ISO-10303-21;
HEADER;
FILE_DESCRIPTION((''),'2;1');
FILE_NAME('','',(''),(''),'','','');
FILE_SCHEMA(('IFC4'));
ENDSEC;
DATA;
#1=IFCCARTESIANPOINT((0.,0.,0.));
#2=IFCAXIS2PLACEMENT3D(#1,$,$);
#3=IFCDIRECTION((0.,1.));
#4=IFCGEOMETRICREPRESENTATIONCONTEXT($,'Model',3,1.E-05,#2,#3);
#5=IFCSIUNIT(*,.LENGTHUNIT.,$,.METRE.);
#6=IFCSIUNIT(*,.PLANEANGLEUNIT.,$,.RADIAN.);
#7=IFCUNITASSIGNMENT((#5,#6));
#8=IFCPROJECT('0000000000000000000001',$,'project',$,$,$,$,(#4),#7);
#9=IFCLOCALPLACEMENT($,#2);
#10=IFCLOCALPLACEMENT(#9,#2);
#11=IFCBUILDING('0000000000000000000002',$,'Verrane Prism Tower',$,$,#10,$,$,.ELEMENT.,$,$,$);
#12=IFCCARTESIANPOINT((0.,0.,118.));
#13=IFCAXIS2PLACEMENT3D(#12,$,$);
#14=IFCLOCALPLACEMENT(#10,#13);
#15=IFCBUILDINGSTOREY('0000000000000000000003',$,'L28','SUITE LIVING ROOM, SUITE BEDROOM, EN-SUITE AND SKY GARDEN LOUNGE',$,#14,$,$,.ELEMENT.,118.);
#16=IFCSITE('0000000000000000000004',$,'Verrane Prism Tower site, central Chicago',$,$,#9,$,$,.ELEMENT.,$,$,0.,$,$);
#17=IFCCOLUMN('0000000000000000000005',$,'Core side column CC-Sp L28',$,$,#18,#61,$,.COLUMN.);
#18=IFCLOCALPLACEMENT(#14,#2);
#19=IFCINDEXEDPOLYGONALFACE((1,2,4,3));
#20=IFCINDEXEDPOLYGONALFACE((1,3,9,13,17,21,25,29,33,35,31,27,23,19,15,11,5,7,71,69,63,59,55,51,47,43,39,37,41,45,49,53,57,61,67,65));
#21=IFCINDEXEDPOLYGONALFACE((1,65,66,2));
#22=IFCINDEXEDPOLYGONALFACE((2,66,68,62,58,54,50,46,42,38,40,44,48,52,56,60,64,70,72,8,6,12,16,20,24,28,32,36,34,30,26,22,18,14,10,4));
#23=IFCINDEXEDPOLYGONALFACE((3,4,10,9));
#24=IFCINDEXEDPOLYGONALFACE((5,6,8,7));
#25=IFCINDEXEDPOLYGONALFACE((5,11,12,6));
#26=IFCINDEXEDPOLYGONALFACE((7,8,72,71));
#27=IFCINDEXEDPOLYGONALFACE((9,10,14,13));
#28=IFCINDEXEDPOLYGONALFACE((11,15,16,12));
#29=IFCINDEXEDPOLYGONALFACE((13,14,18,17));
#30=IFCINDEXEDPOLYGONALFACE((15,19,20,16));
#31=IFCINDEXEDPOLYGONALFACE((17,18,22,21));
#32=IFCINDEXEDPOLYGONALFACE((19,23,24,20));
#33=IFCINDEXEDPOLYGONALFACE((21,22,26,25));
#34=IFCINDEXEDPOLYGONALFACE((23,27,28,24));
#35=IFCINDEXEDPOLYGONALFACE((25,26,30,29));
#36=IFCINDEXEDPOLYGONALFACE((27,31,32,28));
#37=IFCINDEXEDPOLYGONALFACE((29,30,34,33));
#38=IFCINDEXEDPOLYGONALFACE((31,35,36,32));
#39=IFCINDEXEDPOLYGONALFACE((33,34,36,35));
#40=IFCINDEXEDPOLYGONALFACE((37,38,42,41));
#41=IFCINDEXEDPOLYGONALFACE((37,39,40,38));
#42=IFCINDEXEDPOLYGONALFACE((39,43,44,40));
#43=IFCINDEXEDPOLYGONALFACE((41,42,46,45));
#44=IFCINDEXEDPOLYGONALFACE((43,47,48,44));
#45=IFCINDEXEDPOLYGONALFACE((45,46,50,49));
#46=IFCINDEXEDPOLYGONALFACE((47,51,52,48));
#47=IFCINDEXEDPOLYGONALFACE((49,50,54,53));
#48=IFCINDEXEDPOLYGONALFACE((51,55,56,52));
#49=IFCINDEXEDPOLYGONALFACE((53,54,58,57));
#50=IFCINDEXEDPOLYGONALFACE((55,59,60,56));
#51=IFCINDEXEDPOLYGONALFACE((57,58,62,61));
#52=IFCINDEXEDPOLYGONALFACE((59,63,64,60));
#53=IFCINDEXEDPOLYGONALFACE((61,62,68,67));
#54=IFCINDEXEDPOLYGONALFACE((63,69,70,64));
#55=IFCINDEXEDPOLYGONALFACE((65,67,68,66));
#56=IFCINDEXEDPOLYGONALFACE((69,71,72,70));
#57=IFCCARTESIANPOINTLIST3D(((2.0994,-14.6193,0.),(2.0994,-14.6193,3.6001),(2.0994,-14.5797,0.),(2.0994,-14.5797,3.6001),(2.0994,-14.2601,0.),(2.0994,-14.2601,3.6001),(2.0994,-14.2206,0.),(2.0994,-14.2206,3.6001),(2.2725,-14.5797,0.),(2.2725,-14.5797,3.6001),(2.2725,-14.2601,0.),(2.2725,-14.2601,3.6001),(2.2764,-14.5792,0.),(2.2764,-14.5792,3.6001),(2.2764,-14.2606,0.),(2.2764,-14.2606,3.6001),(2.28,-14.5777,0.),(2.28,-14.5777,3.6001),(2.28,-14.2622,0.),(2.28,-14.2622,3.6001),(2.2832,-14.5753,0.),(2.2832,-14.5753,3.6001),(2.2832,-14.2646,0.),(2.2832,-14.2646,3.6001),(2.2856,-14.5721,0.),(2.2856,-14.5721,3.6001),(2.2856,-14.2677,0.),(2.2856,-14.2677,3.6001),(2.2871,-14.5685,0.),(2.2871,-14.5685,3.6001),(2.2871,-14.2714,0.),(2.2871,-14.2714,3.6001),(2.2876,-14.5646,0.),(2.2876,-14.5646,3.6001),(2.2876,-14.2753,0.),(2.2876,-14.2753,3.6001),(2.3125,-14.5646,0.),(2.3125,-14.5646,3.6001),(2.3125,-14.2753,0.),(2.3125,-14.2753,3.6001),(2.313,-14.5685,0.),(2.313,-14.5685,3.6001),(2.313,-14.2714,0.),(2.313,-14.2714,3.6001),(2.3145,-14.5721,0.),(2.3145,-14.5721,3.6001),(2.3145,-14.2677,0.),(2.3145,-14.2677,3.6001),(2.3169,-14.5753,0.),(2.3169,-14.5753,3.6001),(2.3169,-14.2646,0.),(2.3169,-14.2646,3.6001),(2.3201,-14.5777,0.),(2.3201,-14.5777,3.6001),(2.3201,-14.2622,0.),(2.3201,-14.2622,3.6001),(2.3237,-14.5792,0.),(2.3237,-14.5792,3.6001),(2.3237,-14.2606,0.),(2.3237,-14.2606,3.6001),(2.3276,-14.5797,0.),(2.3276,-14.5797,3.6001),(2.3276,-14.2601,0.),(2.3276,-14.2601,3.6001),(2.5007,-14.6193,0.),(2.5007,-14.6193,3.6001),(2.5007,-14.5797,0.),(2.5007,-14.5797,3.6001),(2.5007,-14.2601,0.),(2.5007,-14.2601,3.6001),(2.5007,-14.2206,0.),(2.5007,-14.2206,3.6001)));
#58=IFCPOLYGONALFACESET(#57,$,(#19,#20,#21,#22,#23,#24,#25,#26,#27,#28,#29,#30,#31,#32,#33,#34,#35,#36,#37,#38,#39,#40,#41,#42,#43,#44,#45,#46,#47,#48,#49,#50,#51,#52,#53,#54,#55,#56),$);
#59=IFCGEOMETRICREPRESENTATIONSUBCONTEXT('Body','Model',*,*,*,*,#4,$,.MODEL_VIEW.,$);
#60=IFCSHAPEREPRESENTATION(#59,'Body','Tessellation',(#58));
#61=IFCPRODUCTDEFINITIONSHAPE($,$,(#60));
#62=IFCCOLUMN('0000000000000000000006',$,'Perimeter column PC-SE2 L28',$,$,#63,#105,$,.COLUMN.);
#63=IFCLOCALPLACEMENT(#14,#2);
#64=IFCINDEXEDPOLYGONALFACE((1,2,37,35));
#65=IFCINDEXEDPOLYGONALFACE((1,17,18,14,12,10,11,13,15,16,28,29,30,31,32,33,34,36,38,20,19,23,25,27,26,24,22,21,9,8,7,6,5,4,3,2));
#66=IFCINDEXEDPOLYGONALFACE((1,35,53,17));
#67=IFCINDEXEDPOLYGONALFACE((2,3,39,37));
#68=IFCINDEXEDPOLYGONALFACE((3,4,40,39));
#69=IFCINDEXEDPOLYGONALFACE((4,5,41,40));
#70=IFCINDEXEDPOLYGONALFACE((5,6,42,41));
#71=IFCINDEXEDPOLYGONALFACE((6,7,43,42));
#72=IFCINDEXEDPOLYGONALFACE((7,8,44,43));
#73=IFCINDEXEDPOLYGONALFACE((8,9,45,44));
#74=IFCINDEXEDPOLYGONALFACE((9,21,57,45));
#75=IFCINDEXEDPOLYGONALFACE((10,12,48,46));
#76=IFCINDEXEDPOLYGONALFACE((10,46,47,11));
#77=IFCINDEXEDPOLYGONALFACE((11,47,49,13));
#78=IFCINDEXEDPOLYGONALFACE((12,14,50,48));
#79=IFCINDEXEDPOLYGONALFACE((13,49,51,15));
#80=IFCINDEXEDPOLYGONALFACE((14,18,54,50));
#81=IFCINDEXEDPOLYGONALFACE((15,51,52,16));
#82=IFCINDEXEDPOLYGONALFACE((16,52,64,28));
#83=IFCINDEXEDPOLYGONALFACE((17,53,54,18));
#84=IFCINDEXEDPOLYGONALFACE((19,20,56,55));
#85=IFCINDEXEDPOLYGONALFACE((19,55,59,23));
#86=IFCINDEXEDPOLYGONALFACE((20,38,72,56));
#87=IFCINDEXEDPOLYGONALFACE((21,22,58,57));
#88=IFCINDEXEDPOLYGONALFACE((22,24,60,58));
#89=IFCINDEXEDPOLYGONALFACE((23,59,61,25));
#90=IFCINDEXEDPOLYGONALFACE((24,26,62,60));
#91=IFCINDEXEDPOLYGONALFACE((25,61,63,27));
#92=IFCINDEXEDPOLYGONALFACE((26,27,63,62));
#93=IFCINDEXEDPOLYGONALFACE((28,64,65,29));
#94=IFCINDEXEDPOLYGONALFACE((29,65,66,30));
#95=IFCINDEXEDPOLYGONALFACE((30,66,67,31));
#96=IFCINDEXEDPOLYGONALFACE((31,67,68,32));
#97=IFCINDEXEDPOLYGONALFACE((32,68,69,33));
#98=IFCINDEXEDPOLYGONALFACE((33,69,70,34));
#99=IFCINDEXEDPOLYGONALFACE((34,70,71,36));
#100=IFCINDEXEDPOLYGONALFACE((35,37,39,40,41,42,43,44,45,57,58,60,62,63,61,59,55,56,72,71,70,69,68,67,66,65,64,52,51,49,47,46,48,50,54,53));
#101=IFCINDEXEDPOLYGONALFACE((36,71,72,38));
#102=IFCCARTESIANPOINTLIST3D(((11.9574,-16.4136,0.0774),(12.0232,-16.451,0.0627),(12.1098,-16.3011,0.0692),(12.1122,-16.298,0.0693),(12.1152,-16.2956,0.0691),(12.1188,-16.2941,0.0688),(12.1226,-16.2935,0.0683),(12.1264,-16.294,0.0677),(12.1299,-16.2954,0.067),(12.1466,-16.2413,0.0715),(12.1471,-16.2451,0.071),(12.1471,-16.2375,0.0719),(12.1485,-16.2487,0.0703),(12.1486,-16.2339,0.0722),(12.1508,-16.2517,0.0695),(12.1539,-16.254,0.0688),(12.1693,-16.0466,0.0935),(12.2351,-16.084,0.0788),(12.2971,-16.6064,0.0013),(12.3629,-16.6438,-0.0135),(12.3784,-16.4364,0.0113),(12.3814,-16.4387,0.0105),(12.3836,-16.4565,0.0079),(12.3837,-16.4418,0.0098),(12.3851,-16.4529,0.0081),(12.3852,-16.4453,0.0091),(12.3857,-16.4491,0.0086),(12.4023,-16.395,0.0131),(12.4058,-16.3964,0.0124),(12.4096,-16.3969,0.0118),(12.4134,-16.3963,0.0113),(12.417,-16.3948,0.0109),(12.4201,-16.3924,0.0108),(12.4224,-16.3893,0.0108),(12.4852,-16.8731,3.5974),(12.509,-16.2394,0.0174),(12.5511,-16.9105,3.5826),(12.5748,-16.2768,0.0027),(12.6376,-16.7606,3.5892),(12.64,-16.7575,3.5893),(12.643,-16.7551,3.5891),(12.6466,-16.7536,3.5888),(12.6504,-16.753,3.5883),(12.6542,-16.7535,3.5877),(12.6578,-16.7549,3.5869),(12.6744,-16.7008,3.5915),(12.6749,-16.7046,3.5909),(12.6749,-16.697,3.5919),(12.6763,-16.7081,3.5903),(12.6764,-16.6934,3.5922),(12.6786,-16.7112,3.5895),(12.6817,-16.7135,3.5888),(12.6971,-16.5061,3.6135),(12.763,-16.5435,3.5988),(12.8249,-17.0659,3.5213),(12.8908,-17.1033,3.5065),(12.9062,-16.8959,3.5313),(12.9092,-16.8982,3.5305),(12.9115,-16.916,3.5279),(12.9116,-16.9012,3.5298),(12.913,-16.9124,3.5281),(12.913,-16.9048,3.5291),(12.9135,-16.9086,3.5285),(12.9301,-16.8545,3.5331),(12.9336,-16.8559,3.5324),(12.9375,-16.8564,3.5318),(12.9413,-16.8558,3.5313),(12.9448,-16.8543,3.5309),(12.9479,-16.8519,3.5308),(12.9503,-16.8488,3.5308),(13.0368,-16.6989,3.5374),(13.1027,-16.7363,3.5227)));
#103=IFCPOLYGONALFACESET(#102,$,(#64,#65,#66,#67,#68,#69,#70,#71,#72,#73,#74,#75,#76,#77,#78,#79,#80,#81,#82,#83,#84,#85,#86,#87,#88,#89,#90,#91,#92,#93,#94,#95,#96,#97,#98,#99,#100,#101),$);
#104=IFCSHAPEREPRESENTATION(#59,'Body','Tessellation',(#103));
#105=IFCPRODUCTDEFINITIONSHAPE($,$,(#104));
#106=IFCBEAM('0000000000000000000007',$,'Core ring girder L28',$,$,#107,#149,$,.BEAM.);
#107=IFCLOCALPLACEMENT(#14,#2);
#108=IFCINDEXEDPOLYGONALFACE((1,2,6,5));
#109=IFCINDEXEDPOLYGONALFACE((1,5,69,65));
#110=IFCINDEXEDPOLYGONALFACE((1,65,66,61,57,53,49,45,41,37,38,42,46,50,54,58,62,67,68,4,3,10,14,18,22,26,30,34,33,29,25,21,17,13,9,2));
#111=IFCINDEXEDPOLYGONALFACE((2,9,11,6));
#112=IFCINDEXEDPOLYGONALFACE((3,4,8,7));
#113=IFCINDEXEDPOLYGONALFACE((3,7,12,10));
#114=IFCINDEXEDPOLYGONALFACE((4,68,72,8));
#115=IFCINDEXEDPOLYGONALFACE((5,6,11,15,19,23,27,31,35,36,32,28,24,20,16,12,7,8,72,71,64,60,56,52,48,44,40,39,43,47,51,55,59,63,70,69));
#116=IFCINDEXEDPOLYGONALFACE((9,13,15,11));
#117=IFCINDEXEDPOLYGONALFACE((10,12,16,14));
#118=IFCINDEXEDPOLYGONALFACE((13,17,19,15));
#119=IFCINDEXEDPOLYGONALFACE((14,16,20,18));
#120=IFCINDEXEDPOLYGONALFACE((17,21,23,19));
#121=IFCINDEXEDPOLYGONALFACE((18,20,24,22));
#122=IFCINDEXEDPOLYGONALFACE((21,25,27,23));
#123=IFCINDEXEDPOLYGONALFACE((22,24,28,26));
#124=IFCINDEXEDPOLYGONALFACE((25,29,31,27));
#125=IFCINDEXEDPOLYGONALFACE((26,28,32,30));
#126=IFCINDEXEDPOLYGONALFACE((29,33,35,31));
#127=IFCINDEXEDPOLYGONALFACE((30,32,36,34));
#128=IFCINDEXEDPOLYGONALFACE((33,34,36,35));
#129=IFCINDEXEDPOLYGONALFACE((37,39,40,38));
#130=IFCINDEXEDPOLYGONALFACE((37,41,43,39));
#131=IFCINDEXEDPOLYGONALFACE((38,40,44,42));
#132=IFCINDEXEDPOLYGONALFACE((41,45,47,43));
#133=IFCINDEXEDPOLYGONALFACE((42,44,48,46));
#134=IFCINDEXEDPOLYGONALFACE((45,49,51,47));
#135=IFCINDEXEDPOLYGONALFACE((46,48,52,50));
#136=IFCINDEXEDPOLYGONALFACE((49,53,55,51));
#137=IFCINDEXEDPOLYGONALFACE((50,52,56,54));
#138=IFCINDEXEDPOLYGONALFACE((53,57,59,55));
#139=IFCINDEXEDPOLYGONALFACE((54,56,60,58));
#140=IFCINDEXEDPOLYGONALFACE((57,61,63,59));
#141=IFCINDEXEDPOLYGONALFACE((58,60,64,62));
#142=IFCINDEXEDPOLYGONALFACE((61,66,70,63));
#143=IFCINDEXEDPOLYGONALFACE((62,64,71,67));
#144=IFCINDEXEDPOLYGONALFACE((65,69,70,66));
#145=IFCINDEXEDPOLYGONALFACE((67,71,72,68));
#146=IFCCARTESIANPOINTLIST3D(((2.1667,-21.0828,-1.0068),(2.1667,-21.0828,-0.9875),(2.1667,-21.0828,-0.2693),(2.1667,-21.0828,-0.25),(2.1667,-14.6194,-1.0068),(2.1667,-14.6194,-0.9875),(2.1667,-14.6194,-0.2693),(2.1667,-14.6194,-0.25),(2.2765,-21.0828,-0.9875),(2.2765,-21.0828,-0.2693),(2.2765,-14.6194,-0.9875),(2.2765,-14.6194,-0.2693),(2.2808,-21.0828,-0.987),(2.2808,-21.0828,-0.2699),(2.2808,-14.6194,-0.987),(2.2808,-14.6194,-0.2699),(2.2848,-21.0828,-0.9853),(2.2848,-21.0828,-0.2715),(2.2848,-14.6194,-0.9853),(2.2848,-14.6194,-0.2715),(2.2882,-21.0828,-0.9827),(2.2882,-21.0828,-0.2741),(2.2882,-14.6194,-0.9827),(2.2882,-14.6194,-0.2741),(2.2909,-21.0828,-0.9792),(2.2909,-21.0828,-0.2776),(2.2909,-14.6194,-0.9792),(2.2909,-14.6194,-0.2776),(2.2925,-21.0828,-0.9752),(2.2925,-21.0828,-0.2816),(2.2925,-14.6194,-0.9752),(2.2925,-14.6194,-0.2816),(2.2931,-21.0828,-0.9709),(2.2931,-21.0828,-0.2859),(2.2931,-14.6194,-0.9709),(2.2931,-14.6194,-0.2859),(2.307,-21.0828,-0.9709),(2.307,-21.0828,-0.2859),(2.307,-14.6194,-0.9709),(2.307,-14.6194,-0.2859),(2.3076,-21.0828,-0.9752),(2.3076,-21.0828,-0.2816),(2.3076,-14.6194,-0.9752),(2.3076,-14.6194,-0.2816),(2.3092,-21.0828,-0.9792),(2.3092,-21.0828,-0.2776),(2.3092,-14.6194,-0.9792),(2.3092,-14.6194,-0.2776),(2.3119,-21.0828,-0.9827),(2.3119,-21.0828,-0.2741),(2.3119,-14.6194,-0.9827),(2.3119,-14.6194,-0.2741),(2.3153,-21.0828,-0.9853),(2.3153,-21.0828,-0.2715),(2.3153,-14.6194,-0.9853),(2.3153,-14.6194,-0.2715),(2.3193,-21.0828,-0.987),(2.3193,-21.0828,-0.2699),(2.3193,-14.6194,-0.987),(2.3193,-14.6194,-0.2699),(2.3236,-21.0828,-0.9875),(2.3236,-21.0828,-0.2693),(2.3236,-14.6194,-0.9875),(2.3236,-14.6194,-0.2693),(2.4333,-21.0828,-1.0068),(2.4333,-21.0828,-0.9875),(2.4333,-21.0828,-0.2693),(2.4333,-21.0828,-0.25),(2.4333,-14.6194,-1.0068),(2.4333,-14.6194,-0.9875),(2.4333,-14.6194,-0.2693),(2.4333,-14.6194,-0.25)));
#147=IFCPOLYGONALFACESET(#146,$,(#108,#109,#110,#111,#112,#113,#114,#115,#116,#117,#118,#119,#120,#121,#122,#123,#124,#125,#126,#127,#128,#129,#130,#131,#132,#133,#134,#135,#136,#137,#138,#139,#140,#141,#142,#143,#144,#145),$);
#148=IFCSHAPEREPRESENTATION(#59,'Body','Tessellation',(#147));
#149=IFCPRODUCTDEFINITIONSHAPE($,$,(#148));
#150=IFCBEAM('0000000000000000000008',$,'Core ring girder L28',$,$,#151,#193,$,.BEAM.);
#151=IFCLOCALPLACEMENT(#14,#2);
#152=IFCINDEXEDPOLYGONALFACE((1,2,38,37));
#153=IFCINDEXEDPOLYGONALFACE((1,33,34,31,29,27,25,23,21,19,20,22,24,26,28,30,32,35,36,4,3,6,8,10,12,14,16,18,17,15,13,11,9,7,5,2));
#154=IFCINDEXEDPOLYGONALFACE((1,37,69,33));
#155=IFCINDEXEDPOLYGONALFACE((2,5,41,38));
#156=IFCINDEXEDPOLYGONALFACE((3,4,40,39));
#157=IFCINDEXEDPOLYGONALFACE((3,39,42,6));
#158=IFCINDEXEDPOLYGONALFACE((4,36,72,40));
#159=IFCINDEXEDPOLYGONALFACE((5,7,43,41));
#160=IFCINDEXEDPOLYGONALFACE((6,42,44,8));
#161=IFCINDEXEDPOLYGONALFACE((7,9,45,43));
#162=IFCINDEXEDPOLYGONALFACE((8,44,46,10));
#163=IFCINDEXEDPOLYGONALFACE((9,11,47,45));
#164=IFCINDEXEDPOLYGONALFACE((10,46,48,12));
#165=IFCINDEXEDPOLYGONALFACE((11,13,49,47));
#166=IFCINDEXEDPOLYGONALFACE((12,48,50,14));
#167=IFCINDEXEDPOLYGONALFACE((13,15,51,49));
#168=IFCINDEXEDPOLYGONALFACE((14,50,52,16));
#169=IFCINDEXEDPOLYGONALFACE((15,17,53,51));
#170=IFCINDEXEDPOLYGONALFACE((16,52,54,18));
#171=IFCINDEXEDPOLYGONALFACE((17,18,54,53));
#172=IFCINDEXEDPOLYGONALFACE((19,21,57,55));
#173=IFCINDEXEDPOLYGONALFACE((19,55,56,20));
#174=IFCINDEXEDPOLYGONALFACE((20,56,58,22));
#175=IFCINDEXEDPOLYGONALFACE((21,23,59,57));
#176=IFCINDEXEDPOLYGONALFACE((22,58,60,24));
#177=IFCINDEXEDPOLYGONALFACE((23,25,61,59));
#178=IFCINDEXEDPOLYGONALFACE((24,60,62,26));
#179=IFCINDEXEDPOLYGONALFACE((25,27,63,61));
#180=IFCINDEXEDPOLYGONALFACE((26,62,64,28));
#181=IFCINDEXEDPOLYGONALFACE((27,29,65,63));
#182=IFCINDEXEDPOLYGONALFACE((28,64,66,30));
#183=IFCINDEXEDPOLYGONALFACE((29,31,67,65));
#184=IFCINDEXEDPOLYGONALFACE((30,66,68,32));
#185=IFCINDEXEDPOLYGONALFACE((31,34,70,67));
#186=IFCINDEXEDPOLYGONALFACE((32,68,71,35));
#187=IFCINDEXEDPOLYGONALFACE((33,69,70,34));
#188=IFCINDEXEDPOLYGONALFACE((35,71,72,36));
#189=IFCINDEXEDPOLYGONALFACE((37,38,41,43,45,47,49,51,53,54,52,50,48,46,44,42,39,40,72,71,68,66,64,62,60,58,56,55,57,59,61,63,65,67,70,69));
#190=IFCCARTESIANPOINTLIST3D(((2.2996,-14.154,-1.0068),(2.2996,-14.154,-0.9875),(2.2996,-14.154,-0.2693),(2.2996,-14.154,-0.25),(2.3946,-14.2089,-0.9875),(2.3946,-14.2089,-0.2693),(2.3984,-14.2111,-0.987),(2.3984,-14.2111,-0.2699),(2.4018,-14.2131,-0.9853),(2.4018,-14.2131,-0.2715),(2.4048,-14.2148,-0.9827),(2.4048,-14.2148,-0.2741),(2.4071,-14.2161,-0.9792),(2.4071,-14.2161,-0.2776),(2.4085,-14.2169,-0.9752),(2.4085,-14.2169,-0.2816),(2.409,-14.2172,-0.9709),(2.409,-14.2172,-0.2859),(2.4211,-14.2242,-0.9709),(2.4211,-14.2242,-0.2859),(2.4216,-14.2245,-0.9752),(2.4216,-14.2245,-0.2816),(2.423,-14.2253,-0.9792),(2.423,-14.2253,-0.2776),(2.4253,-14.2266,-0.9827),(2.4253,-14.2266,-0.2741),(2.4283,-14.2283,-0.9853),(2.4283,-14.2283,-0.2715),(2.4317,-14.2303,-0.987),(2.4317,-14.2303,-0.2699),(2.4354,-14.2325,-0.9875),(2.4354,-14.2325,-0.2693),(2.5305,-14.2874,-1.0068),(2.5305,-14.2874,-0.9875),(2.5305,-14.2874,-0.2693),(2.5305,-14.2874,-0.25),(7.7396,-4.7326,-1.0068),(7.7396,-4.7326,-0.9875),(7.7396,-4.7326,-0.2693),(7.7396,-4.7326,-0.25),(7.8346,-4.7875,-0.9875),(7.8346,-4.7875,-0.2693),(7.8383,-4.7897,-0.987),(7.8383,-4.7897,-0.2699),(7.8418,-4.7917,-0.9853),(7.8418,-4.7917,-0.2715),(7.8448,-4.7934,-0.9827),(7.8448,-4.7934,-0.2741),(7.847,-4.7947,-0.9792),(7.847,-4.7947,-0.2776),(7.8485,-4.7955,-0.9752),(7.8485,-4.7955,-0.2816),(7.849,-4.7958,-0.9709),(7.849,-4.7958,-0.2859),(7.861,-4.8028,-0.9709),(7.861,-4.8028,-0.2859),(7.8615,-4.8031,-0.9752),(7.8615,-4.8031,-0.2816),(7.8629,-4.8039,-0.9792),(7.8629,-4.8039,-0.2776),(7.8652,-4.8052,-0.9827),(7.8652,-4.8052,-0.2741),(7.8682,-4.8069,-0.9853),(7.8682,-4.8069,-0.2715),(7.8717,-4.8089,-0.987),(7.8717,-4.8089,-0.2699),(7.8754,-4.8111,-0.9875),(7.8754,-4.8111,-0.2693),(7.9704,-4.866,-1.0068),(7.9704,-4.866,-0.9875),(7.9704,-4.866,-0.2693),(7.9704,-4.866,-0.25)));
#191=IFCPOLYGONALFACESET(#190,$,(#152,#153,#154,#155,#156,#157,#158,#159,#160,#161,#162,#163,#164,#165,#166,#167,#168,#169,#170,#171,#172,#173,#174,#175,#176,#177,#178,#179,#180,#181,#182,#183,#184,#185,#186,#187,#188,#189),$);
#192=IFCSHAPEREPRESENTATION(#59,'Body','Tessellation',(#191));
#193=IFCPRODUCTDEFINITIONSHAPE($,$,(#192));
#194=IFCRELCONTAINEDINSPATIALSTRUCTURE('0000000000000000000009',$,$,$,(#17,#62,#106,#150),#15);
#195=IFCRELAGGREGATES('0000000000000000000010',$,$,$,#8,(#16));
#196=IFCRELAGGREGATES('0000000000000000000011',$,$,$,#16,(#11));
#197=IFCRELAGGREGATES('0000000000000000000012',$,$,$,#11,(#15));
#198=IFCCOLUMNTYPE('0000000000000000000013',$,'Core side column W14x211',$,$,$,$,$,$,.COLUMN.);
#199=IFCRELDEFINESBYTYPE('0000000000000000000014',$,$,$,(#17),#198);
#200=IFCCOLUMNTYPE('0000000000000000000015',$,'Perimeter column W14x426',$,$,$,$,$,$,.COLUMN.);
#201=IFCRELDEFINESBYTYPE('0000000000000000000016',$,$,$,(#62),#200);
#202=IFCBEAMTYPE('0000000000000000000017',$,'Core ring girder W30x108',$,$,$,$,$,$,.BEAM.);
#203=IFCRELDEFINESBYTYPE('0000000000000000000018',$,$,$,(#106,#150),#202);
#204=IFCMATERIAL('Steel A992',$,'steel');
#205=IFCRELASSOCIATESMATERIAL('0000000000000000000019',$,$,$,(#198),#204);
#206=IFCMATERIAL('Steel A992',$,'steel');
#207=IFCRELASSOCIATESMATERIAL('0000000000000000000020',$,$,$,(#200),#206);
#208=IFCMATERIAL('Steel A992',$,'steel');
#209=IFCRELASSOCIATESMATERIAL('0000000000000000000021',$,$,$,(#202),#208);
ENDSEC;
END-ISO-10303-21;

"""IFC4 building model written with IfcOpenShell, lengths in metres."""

from ifc_helpers import new_model, si_unit, direction, frame, origin, origin_2d, place, context, subcontext, project, spatial, i_section, extrude, material, material_profile, profile_set, type_object, element, save


model = new_model("IFC4")

# Units and contexts
model_context = context("Model", 3, precision=1e-05, world=origin(), true_north=direction((0.0, 1.0)))
body_context = subcontext(model_context, "Body", "Model", "MODEL_VIEW")
ifc_project = project(units=[si_unit("LENGTHUNIT", "METRE"), si_unit("PLANEANGLEUNIT", "RADIAN")], contexts=[model_context])

# Site, building, storey
site_placement = place(None, origin())
site = spatial("IfcSite", under=ifc_project, at=site_placement, Name="Verrane Prism Tower site, central Chicago", CompositionType="ELEMENT", RefElevation=0.0)
building_placement = place(site_placement, origin())
building = spatial("IfcBuilding", under=site, at=building_placement, Name="Verrane Prism Tower", CompositionType="ELEMENT")
storey_placement = place(building_placement, frame((0.0, 0.0, 118.0)))
storey = spatial("IfcBuildingStorey", under=building, at=storey_placement, Name="L28", Description="SUITE LIVING ROOM, SUITE BEDROOM, EN-SUITE AND SKY GARDEN LOUNGE", CompositionType="ELEMENT", Elevation=118.0)

# Columns
ifc_material_1 = material(Name="Steel A992", Category="steel")
ifc_material_profile_1 = material_profile(ifc_material_1, i_section(OverallWidth=0.4014, OverallDepth=0.3987, WebThickness=0.0249, FlangeThickness=0.0396, FilletRadius=0.0151, at=origin_2d()), Name="W14x211")
ifc_profile_set_1 = profile_set([ifc_material_profile_1], Name="Steel A992")
column_type_1 = type_object("IfcColumnType", Name="Core side column W14x211", PredefinedType="COLUMN", material=ifc_profile_set_1)
column_1_placement = place(storey_placement, frame((2.3, -14.4199, 0.0), z_axis=(0.0, 0.0, 1.0), x_axis=(1.0, 0.0, 0.0)))
element("IfcColumn", 1, at=column_1_placement, inside=storey, type_object=column_type_1, Name="Core side column CC-Sp L28", PredefinedType="COLUMN", context=body_context, shape_type="SweptSolid", body=[
    extrude(i_section(OverallWidth=0.4014, OverallDepth=0.3987, WebThickness=0.0249, FlangeThickness=0.0396, FilletRadius=0.0151, at=origin_2d()), origin(), (0.0, 0.0, 1.0), 3.6001),
])
ifc_material_2 = material(Name="Steel A992", Category="steel")
ifc_material_profile_2 = material_profile(ifc_material_2, i_section(OverallWidth=0.4241, OverallDepth=0.4751, WebThickness=0.0479, FlangeThickness=0.0771, FilletRadius=0.0149, at=origin_2d()), Name="W14x426")
ifc_profile_set_2 = profile_set([ifc_material_profile_2], Name="Steel A992")
column_type_2 = type_object("IfcColumnType", Name="Perimeter column W14x426", PredefinedType="COLUMN", material=ifc_profile_set_2)
column_2_placement = place(storey_placement, frame((12.2661, -16.3452, 0.04), z_axis=(0.147073, -0.128026, 0.980805), x_axis=(-0.499695, -0.865366, -0.038027)))
element("IfcColumn", 2, at=column_2_placement, inside=storey, type_object=column_type_2, Name="Perimeter column PC-SE2 L28", PredefinedType="COLUMN", context=body_context, shape_type="SweptSolid", body=[
    extrude(i_section(OverallWidth=0.4241, OverallDepth=0.4751, WebThickness=0.0479, FlangeThickness=0.0771, FilletRadius=0.0149, at=origin_2d()), origin(), (0.0, 0.0, 1.0), 3.5889),
])

# Beams
ifc_material_3 = material(Name="Steel A992", Category="steel")
ifc_material_profile_3 = material_profile(ifc_material_3, i_section(OverallWidth=0.2666, OverallDepth=0.7568, WebThickness=0.0139, FlangeThickness=0.0193, FilletRadius=0.0166, at=origin_2d()), Name="W30x108")
ifc_profile_set_3 = profile_set([ifc_material_profile_3], Name="Steel A992")
beam_type_1 = type_object("IfcBeamType", Name="Core ring girder W30x108", PredefinedType="BEAM", material=ifc_profile_set_3)
beam_1_placement = place(storey_placement, frame((2.3, -21.0828, -0.6284), z_axis=(0.0, 1.0, 0.0), x_axis=(-1.0, 0.0, 0.0)))
element("IfcBeam", 3, at=beam_1_placement, inside=storey, type_object=beam_type_1, Name="Core ring girder L28", PredefinedType="BEAM", context=body_context, shape_type="SweptSolid", body=[
    extrude(i_section(OverallWidth=0.2666, OverallDepth=0.7568, WebThickness=0.0139, FlangeThickness=0.0193, FilletRadius=0.0166, at=origin_2d()), origin(), (0.0, 0.0, 1.0), 6.4634),
])
beam_2_placement = place(storey_placement, frame((2.415, -14.2207, -0.6284), z_axis=(0.500035, 0.866005, 0.0), x_axis=(-0.866005, 0.500035, 0.0)))
element("IfcBeam", 4, at=beam_2_placement, inside=storey, type_object=beam_type_1, Name="Core ring girder L28", PredefinedType="BEAM", context=body_context, shape_type="SweptSolid", body=[
    extrude(i_section(OverallWidth=0.2666, OverallDepth=0.7568, WebThickness=0.0139, FlangeThickness=0.0193, FilletRadius=0.0166, at=origin_2d()), origin(), (0.0, 0.0, 1.0), 10.8792),
])

save(model, "model.ifc")
